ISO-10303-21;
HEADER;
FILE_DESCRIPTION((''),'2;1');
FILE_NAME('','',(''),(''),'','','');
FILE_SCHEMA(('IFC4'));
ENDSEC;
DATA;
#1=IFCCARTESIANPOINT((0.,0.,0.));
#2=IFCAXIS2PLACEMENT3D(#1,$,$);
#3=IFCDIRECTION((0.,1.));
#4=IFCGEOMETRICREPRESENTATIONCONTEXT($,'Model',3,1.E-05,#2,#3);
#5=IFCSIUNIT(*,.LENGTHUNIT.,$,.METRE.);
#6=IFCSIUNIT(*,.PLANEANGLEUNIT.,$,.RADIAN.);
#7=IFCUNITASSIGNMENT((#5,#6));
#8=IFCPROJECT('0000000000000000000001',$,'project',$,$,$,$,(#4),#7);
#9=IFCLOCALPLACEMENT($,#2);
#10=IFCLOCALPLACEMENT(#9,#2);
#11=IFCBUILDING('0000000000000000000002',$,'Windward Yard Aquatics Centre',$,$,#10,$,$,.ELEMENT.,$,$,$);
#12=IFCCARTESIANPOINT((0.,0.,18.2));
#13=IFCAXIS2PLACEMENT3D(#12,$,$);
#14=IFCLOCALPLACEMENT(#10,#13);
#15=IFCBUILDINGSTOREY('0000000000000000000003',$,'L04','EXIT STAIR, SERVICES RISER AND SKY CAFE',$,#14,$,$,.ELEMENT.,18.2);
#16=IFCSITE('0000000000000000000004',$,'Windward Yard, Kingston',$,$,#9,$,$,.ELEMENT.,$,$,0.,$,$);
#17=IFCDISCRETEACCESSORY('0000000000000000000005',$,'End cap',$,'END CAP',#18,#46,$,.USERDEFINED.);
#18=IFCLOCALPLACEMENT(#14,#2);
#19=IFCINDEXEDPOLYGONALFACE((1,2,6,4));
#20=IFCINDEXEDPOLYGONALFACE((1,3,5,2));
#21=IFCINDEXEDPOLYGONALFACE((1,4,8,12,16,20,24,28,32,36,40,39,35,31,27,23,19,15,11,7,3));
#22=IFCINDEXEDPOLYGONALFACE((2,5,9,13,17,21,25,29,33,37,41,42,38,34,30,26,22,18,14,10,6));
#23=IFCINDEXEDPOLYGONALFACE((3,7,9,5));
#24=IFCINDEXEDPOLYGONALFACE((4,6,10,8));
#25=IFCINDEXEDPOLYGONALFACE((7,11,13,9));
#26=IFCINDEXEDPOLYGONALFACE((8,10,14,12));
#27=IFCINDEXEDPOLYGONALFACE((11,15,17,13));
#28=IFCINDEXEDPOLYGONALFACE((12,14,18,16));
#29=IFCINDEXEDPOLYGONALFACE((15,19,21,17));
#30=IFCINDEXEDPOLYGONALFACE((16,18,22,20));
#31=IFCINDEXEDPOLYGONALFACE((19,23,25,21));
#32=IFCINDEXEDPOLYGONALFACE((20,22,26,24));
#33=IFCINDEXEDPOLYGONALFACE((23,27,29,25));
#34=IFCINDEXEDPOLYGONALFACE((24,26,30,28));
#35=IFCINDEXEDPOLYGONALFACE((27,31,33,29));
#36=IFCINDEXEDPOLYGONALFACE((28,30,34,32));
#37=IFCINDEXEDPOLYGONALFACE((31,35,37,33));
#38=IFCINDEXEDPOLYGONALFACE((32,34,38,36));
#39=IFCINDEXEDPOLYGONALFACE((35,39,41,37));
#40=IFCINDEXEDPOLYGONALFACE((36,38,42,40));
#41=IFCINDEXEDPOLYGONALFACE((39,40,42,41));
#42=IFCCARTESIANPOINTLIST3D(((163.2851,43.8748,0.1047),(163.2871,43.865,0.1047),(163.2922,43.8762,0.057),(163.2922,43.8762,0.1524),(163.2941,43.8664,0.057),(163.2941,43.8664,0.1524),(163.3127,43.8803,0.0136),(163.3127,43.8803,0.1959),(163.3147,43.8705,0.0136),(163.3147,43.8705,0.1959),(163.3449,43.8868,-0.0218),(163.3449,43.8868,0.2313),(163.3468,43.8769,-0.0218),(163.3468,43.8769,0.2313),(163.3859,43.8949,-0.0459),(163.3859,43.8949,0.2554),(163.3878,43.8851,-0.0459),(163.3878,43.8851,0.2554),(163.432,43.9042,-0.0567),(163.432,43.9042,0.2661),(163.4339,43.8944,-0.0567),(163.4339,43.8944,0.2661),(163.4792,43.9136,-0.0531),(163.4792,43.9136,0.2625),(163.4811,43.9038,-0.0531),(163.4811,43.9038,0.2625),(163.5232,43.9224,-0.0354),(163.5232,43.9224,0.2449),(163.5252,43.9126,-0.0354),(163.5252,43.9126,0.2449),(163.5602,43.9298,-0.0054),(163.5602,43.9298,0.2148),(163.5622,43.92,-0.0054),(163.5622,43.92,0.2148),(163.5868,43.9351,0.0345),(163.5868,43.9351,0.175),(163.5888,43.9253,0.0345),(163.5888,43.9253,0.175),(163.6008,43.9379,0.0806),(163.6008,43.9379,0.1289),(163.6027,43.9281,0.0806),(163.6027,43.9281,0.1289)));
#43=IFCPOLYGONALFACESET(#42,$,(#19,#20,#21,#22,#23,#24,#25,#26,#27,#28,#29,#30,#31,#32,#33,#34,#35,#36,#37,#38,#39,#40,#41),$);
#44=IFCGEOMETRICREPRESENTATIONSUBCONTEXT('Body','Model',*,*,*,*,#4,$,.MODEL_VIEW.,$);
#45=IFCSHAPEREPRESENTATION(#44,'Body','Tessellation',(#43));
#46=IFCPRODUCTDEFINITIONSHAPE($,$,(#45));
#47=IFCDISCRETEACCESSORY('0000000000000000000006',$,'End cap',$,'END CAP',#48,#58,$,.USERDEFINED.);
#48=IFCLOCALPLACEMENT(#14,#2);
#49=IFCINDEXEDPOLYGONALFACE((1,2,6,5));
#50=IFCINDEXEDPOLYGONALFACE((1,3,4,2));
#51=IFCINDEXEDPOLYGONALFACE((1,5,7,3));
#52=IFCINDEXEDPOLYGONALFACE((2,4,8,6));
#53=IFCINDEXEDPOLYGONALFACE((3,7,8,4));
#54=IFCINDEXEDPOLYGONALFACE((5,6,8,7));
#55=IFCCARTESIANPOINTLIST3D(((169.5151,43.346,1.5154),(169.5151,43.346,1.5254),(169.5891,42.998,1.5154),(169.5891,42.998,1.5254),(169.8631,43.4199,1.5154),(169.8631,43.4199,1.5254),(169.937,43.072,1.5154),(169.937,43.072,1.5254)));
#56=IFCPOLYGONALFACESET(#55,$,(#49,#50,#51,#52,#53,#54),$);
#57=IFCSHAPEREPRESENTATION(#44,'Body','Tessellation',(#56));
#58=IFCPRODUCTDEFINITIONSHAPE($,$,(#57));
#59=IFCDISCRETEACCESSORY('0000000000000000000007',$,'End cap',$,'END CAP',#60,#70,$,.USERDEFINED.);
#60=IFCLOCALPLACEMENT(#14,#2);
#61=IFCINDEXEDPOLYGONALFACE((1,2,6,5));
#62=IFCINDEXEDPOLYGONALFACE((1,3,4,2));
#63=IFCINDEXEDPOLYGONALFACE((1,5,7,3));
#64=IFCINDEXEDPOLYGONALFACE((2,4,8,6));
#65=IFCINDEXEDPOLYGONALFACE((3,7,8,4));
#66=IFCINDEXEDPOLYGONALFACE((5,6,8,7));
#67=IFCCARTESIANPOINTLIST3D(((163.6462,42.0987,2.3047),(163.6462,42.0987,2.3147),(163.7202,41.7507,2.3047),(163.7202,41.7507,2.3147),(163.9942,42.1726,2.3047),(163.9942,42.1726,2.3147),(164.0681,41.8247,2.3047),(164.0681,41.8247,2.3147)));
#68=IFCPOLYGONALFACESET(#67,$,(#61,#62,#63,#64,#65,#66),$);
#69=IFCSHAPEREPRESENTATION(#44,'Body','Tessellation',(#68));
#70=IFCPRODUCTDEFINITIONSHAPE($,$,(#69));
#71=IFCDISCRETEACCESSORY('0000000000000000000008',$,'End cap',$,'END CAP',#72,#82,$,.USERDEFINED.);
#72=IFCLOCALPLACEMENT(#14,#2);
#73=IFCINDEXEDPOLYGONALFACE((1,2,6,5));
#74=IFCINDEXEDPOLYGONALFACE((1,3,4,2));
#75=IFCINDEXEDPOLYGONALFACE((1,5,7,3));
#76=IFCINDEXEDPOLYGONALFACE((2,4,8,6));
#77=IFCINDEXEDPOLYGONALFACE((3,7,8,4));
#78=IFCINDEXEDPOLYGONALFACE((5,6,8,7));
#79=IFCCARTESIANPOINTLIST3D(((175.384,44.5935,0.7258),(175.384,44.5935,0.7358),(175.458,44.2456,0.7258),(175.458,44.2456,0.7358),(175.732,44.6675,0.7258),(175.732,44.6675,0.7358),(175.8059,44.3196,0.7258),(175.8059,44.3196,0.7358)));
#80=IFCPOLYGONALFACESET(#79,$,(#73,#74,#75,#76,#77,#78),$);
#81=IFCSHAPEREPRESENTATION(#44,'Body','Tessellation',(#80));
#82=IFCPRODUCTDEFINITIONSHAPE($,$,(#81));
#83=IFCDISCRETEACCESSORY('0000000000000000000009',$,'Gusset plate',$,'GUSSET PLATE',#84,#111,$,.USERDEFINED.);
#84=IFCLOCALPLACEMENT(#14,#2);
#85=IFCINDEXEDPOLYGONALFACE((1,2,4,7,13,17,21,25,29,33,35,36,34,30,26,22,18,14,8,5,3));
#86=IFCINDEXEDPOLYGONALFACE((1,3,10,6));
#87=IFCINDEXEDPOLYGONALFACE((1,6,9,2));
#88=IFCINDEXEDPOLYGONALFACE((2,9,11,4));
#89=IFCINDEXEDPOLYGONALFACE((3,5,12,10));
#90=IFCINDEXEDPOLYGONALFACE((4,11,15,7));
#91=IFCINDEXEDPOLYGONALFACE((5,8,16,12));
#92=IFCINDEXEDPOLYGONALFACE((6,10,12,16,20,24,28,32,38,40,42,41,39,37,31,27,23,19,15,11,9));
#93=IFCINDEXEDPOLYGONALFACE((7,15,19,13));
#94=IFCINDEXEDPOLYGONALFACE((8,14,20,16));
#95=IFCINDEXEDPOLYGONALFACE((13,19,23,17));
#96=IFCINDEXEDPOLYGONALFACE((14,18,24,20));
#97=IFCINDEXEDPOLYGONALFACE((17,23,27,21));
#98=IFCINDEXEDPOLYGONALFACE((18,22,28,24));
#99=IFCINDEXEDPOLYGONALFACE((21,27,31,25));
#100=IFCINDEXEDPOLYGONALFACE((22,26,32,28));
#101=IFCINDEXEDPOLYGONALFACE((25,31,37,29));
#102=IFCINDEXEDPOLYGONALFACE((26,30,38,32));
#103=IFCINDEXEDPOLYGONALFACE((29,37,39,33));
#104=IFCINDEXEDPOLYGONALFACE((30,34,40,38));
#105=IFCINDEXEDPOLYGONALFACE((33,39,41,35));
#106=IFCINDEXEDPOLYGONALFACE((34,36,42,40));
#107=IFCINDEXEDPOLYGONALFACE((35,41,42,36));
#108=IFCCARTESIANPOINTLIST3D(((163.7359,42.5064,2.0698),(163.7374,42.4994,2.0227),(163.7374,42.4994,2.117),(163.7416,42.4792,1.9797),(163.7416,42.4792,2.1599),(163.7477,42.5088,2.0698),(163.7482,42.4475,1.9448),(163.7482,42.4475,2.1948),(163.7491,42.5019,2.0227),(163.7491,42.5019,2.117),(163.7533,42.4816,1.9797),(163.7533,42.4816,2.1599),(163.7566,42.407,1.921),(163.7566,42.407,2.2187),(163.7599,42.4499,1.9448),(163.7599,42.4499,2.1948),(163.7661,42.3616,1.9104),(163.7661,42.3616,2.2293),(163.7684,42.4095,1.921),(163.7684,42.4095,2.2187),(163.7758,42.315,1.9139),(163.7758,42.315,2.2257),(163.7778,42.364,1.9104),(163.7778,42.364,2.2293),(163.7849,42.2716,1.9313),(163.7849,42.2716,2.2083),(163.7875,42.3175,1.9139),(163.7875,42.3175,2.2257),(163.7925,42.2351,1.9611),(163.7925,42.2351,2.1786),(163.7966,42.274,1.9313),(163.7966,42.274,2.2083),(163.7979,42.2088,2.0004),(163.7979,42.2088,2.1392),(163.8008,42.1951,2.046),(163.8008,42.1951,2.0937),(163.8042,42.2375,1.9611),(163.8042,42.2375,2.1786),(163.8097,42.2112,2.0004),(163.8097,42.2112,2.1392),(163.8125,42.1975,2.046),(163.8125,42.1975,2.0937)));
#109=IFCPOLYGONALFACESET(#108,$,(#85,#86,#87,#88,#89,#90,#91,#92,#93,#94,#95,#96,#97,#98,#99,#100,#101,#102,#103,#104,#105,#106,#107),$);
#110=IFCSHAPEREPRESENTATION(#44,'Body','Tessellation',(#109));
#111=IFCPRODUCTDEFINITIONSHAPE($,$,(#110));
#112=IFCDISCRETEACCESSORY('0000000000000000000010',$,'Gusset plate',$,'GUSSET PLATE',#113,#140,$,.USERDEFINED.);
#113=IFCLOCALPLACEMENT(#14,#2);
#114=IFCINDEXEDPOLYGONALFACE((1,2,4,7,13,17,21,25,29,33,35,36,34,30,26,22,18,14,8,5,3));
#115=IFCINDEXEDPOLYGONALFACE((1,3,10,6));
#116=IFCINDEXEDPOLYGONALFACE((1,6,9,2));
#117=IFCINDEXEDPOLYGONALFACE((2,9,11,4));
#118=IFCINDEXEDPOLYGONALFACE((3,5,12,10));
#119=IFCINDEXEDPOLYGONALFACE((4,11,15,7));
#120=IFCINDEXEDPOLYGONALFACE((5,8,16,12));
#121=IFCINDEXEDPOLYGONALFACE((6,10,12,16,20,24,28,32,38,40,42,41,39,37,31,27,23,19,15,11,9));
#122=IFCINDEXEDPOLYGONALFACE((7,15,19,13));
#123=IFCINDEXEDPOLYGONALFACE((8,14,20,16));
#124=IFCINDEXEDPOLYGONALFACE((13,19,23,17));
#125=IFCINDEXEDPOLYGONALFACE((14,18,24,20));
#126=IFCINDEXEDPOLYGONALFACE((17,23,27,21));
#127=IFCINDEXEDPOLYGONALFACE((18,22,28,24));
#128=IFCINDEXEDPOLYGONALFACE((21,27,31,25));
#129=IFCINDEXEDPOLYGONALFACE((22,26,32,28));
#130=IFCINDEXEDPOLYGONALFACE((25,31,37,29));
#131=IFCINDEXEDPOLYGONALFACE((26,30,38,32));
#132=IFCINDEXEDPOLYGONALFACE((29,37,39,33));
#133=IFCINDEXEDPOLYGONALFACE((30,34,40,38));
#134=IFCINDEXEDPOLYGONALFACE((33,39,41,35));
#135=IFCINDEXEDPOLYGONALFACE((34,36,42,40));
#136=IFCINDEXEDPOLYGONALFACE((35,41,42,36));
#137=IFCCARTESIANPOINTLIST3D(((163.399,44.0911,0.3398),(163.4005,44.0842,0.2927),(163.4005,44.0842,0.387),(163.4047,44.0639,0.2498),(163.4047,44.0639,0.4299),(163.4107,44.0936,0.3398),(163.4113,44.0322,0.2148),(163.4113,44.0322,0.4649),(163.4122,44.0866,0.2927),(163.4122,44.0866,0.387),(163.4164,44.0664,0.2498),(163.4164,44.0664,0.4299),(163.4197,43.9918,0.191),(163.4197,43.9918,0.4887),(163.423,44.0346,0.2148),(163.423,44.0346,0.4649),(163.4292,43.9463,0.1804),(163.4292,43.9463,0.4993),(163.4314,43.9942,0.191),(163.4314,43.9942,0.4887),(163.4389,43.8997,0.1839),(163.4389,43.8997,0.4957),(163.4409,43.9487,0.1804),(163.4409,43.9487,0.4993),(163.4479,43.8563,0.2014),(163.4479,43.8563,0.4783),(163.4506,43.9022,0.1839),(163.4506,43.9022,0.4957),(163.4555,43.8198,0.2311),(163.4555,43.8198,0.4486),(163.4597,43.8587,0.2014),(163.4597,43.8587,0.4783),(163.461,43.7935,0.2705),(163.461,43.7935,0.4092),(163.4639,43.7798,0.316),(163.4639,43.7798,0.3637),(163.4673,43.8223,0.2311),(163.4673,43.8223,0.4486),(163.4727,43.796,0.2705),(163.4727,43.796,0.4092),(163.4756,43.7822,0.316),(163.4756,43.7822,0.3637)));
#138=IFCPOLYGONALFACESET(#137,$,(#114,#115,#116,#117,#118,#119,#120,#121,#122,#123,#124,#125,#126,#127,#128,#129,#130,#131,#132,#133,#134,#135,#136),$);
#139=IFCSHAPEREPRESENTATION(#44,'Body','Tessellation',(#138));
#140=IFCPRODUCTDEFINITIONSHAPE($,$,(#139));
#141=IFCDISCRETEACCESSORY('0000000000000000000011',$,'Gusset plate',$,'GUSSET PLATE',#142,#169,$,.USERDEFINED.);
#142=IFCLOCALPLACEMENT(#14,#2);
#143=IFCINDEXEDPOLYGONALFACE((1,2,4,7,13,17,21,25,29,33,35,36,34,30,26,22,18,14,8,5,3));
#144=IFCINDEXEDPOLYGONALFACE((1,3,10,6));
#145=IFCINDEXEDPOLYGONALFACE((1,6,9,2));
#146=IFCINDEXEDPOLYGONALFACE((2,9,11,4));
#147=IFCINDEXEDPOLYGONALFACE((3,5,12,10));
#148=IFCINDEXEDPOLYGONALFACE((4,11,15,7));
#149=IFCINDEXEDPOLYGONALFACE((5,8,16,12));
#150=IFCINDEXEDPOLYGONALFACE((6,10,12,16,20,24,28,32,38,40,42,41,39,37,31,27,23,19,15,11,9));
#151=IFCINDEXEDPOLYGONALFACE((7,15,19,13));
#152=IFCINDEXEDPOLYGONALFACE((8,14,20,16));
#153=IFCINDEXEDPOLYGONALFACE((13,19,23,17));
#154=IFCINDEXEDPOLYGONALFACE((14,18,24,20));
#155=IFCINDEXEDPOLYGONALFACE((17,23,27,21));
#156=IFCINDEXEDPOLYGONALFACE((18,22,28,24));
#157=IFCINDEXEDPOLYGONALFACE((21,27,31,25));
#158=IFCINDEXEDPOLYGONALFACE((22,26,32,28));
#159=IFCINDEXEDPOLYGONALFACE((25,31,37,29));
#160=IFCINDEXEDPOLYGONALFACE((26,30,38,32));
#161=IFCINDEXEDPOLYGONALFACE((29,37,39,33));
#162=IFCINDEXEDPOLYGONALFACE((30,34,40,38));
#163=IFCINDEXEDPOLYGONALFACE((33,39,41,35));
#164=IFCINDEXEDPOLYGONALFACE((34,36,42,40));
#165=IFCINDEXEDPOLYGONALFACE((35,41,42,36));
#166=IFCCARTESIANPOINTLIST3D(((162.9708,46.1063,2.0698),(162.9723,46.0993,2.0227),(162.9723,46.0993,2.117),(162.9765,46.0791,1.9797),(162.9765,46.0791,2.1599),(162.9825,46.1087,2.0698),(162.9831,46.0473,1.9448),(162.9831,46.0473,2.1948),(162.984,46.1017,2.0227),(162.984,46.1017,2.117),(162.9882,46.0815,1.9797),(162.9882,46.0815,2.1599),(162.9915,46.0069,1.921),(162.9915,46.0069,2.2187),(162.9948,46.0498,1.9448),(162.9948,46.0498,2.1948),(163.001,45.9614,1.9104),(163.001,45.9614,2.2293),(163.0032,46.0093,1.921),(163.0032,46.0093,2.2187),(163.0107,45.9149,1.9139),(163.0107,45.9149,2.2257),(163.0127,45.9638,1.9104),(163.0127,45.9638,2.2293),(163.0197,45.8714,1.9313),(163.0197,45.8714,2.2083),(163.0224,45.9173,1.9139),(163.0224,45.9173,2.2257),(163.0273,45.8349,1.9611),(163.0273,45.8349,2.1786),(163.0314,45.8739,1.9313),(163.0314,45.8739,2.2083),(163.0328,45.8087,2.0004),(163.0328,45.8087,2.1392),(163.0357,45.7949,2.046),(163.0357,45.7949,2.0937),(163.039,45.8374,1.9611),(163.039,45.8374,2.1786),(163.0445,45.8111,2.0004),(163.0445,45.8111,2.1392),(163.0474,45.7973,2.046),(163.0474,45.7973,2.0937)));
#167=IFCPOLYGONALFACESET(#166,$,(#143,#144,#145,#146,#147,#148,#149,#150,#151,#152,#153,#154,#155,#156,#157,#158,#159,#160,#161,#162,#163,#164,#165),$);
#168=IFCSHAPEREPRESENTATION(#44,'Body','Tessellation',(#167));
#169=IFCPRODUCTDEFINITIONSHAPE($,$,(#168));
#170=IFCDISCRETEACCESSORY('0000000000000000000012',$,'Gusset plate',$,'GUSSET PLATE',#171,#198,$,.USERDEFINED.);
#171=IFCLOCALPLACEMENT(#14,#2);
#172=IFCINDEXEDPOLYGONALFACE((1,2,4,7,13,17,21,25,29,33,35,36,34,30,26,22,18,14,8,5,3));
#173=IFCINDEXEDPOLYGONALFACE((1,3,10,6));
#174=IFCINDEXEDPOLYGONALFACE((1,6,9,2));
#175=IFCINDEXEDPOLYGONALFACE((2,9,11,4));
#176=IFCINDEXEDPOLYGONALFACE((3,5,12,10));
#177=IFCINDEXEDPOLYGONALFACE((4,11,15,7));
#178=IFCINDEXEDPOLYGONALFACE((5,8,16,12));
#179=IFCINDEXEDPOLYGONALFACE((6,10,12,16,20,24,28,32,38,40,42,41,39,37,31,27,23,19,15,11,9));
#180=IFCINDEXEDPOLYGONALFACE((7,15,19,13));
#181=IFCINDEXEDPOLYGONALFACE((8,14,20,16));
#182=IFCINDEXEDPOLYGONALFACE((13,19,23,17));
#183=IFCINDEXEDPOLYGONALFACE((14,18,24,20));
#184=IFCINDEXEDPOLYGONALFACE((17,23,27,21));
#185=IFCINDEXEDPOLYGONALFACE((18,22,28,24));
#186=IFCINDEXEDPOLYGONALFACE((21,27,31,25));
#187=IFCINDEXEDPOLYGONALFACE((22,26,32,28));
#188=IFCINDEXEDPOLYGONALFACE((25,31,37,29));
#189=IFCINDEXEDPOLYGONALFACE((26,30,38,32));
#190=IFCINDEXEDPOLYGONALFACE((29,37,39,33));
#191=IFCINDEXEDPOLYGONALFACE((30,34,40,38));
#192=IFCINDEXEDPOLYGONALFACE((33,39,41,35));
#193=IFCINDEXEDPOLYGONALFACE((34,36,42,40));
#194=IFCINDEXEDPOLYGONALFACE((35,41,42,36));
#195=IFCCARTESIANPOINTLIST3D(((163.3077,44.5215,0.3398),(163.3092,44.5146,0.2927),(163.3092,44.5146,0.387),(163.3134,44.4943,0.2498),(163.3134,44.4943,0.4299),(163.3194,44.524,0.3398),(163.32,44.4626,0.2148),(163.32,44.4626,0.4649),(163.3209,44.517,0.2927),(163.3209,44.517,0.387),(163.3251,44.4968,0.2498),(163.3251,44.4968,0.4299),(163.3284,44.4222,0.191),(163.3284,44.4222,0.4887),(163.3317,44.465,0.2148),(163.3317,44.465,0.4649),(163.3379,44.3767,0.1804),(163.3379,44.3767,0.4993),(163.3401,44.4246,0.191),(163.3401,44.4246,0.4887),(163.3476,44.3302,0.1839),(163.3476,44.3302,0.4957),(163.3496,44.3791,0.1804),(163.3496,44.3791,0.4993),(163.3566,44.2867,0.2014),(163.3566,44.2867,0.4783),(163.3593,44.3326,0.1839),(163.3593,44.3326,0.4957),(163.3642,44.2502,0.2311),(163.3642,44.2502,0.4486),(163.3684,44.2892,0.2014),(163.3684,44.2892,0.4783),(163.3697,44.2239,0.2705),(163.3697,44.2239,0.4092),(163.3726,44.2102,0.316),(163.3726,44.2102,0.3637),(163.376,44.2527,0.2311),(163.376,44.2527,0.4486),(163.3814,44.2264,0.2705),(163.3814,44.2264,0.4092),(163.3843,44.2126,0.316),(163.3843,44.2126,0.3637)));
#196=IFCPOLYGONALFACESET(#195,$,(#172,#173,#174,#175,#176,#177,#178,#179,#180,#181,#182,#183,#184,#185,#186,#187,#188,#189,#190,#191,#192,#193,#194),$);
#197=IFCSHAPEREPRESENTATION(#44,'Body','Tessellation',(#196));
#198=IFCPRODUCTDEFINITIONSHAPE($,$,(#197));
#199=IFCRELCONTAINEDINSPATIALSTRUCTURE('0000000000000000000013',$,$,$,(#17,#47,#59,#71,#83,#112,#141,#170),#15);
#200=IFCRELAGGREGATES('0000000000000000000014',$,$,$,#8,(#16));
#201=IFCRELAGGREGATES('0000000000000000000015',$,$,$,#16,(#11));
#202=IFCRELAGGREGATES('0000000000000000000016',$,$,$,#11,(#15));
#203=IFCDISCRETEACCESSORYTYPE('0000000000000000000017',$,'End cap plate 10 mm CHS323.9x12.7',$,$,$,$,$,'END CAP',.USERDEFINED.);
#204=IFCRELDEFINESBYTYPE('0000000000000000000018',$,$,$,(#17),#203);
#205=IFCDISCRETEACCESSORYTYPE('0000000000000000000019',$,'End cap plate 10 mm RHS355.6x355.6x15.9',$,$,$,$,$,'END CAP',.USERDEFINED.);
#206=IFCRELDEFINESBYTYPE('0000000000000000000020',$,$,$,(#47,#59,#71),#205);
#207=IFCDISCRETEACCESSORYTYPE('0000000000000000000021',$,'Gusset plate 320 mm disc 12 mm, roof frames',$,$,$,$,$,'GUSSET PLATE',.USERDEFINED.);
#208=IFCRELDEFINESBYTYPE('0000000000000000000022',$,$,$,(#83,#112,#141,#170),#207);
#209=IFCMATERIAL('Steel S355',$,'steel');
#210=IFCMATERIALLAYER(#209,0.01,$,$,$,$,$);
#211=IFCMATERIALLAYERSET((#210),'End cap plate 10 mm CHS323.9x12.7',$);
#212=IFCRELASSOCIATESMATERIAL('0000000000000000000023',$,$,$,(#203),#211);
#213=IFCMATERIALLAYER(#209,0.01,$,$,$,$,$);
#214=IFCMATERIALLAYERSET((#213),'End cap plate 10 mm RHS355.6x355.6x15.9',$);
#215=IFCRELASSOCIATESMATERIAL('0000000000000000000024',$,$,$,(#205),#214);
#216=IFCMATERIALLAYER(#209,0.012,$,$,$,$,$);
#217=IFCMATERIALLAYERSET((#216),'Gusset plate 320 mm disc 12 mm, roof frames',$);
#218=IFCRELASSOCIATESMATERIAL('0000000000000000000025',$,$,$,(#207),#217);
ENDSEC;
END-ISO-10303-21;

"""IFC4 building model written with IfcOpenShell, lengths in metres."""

from ifc_helpers import new_model, si_unit, direction, frame, origin, origin_2d, place, context, subcontext, project, spatial, rectangle, circle, extrude, material, layer, layer_set, type_object, element, save


model = new_model("IFC4")

# Units and contexts
model_context = context("Model", 3, precision=1e-05, world=origin(), true_north=direction((0.0, 1.0)))
body_context = subcontext(model_context, "Body", "Model", "MODEL_VIEW")
ifc_project = project(units=[si_unit("LENGTHUNIT", "METRE"), si_unit("PLANEANGLEUNIT", "RADIAN")], contexts=[model_context])

# Site, building, storey
site_placement = place(None, origin())
site = spatial("IfcSite", under=ifc_project, at=site_placement, Name="Windward Yard, Kingston", CompositionType="ELEMENT", RefElevation=0.0)
building_placement = place(site_placement, origin())
building = spatial("IfcBuilding", under=site, at=building_placement, Name="Windward Yard Aquatics Centre", CompositionType="ELEMENT")
storey_placement = place(building_placement, frame((0.0, 0.0, 18.2)))
storey = spatial("IfcBuildingStorey", under=building, at=storey_placement, Name="L04", Description="EXIT STAIR, SERVICES RISER AND SKY CAFE", CompositionType="ELEMENT", Elevation=18.2)

# Discrete accessories
ifc_material_1 = material(Name="Steel S355", Category="steel")
ifc_layer_1 = layer(ifc_material_1, 0.01)
ifc_layer_set_1 = layer_set([ifc_layer_1], Name="End cap plate 10 mm CHS323.9x12.7")
discrete_accessory_type_1 = type_object("IfcDiscreteAccessoryType", Name="End cap plate 10 mm CHS323.9x12.7", ElementType="END CAP", PredefinedType="USERDEFINED", material=ifc_layer_set_1)
discrete_accessory_placement = place(storey_placement, frame((163.4458, 43.8967, 0.1047), z_axis=(-0.196116, 0.980581, 0.0), x_axis=(-0.980581, -0.196116, 0.0)))
element("IfcDiscreteAccessory", 1, at=discrete_accessory_placement, inside=storey, type_object=discrete_accessory_type_1, Name="End cap", ObjectType="END CAP", PredefinedType="USERDEFINED", context=body_context, shape_type="SweptSolid", body=[
    extrude(circle(Radius=0.1619, at=origin_2d()), origin(), (0.0, 0.0, 1.0), 0.01),
])
ifc_layer_2 = layer(ifc_material_1, 0.01)
ifc_layer_set_2 = layer_set([ifc_layer_2], Name="End cap plate 10 mm RHS355.6x355.6x15.9")
discrete_accessory_type_2 = type_object("IfcDiscreteAccessoryType", Name="End cap plate 10 mm RHS355.6x355.6x15.9", ElementType="END CAP", PredefinedType="USERDEFINED", material=ifc_layer_set_2)
for number, where, z_axis, x_axis, name in (
    (2, (169.7261, 43.209, 1.5154), (0.0, 0.0, 1.0), (0.978148, 0.207912, 0.0), "End cap"),
    (3, (163.8572, 41.9617, 2.3047), (0.0, 0.0, 1.0), (0.978148, 0.207912, 0.0), "End cap"),
    (4, (175.595, 44.4565, 0.7258), (0.0, 0.0, 1.0), (0.978148, 0.207912, 0.0), "End cap"),
):
    element("IfcDiscreteAccessory", number, at=place(storey_placement, frame(where, z_axis=z_axis, x_axis=x_axis)), inside=storey, type_object=discrete_accessory_type_2, Name=name, ObjectType="END CAP", PredefinedType="USERDEFINED", context=body_context, shape_type="SweptSolid", body=[
        extrude(rectangle(XDim=0.3557, YDim=0.3557, at=origin_2d()), origin(), (0.0, 0.0, 1.0), 0.01),
    ])
ifc_layer_3 = layer(ifc_material_1, 0.012)
ifc_layer_set_3 = layer_set([ifc_layer_3], Name="Gusset plate 320 mm disc 12 mm, roof frames")
discrete_accessory_type_3 = type_object("IfcDiscreteAccessoryType", Name="Gusset plate 320 mm disc 12 mm, roof frames", ElementType="GUSSET PLATE", PredefinedType="USERDEFINED", material=ifc_layer_set_3)
for number, where, z_axis, x_axis, name in (
    (5, (163.7686, 42.3499, 2.0698), (0.97898, 0.203954, 0.0), (-0.203954, 0.97898, 0.0), "Gusset plate"),
    (6, (163.4316, 43.9346, 0.3398), (0.97898, 0.203954, 0.0), (-0.203954, 0.97898, 0.0), "Gusset plate"),
    (7, (163.0034, 45.9497, 2.0698), (0.97898, 0.203954, 0.0), (-0.203954, 0.97898, 0.0), "Gusset plate"),
    (8, (163.3403, 44.365, 0.3398), (0.97898, 0.203954, 0.0), (-0.203954, 0.97898, 0.0), "Gusset plate"),
):
    element("IfcDiscreteAccessory", number, at=place(storey_placement, frame(where, z_axis=z_axis, x_axis=x_axis)), inside=storey, type_object=discrete_accessory_type_3, Name=name, ObjectType="GUSSET PLATE", PredefinedType="USERDEFINED", context=body_context, shape_type="SweptSolid", body=[
        extrude(circle(Radius=0.1599, at=origin_2d()), origin(), (0.0, 0.0, 1.0), 0.012),
    ])

save(model, "model.ifc")
